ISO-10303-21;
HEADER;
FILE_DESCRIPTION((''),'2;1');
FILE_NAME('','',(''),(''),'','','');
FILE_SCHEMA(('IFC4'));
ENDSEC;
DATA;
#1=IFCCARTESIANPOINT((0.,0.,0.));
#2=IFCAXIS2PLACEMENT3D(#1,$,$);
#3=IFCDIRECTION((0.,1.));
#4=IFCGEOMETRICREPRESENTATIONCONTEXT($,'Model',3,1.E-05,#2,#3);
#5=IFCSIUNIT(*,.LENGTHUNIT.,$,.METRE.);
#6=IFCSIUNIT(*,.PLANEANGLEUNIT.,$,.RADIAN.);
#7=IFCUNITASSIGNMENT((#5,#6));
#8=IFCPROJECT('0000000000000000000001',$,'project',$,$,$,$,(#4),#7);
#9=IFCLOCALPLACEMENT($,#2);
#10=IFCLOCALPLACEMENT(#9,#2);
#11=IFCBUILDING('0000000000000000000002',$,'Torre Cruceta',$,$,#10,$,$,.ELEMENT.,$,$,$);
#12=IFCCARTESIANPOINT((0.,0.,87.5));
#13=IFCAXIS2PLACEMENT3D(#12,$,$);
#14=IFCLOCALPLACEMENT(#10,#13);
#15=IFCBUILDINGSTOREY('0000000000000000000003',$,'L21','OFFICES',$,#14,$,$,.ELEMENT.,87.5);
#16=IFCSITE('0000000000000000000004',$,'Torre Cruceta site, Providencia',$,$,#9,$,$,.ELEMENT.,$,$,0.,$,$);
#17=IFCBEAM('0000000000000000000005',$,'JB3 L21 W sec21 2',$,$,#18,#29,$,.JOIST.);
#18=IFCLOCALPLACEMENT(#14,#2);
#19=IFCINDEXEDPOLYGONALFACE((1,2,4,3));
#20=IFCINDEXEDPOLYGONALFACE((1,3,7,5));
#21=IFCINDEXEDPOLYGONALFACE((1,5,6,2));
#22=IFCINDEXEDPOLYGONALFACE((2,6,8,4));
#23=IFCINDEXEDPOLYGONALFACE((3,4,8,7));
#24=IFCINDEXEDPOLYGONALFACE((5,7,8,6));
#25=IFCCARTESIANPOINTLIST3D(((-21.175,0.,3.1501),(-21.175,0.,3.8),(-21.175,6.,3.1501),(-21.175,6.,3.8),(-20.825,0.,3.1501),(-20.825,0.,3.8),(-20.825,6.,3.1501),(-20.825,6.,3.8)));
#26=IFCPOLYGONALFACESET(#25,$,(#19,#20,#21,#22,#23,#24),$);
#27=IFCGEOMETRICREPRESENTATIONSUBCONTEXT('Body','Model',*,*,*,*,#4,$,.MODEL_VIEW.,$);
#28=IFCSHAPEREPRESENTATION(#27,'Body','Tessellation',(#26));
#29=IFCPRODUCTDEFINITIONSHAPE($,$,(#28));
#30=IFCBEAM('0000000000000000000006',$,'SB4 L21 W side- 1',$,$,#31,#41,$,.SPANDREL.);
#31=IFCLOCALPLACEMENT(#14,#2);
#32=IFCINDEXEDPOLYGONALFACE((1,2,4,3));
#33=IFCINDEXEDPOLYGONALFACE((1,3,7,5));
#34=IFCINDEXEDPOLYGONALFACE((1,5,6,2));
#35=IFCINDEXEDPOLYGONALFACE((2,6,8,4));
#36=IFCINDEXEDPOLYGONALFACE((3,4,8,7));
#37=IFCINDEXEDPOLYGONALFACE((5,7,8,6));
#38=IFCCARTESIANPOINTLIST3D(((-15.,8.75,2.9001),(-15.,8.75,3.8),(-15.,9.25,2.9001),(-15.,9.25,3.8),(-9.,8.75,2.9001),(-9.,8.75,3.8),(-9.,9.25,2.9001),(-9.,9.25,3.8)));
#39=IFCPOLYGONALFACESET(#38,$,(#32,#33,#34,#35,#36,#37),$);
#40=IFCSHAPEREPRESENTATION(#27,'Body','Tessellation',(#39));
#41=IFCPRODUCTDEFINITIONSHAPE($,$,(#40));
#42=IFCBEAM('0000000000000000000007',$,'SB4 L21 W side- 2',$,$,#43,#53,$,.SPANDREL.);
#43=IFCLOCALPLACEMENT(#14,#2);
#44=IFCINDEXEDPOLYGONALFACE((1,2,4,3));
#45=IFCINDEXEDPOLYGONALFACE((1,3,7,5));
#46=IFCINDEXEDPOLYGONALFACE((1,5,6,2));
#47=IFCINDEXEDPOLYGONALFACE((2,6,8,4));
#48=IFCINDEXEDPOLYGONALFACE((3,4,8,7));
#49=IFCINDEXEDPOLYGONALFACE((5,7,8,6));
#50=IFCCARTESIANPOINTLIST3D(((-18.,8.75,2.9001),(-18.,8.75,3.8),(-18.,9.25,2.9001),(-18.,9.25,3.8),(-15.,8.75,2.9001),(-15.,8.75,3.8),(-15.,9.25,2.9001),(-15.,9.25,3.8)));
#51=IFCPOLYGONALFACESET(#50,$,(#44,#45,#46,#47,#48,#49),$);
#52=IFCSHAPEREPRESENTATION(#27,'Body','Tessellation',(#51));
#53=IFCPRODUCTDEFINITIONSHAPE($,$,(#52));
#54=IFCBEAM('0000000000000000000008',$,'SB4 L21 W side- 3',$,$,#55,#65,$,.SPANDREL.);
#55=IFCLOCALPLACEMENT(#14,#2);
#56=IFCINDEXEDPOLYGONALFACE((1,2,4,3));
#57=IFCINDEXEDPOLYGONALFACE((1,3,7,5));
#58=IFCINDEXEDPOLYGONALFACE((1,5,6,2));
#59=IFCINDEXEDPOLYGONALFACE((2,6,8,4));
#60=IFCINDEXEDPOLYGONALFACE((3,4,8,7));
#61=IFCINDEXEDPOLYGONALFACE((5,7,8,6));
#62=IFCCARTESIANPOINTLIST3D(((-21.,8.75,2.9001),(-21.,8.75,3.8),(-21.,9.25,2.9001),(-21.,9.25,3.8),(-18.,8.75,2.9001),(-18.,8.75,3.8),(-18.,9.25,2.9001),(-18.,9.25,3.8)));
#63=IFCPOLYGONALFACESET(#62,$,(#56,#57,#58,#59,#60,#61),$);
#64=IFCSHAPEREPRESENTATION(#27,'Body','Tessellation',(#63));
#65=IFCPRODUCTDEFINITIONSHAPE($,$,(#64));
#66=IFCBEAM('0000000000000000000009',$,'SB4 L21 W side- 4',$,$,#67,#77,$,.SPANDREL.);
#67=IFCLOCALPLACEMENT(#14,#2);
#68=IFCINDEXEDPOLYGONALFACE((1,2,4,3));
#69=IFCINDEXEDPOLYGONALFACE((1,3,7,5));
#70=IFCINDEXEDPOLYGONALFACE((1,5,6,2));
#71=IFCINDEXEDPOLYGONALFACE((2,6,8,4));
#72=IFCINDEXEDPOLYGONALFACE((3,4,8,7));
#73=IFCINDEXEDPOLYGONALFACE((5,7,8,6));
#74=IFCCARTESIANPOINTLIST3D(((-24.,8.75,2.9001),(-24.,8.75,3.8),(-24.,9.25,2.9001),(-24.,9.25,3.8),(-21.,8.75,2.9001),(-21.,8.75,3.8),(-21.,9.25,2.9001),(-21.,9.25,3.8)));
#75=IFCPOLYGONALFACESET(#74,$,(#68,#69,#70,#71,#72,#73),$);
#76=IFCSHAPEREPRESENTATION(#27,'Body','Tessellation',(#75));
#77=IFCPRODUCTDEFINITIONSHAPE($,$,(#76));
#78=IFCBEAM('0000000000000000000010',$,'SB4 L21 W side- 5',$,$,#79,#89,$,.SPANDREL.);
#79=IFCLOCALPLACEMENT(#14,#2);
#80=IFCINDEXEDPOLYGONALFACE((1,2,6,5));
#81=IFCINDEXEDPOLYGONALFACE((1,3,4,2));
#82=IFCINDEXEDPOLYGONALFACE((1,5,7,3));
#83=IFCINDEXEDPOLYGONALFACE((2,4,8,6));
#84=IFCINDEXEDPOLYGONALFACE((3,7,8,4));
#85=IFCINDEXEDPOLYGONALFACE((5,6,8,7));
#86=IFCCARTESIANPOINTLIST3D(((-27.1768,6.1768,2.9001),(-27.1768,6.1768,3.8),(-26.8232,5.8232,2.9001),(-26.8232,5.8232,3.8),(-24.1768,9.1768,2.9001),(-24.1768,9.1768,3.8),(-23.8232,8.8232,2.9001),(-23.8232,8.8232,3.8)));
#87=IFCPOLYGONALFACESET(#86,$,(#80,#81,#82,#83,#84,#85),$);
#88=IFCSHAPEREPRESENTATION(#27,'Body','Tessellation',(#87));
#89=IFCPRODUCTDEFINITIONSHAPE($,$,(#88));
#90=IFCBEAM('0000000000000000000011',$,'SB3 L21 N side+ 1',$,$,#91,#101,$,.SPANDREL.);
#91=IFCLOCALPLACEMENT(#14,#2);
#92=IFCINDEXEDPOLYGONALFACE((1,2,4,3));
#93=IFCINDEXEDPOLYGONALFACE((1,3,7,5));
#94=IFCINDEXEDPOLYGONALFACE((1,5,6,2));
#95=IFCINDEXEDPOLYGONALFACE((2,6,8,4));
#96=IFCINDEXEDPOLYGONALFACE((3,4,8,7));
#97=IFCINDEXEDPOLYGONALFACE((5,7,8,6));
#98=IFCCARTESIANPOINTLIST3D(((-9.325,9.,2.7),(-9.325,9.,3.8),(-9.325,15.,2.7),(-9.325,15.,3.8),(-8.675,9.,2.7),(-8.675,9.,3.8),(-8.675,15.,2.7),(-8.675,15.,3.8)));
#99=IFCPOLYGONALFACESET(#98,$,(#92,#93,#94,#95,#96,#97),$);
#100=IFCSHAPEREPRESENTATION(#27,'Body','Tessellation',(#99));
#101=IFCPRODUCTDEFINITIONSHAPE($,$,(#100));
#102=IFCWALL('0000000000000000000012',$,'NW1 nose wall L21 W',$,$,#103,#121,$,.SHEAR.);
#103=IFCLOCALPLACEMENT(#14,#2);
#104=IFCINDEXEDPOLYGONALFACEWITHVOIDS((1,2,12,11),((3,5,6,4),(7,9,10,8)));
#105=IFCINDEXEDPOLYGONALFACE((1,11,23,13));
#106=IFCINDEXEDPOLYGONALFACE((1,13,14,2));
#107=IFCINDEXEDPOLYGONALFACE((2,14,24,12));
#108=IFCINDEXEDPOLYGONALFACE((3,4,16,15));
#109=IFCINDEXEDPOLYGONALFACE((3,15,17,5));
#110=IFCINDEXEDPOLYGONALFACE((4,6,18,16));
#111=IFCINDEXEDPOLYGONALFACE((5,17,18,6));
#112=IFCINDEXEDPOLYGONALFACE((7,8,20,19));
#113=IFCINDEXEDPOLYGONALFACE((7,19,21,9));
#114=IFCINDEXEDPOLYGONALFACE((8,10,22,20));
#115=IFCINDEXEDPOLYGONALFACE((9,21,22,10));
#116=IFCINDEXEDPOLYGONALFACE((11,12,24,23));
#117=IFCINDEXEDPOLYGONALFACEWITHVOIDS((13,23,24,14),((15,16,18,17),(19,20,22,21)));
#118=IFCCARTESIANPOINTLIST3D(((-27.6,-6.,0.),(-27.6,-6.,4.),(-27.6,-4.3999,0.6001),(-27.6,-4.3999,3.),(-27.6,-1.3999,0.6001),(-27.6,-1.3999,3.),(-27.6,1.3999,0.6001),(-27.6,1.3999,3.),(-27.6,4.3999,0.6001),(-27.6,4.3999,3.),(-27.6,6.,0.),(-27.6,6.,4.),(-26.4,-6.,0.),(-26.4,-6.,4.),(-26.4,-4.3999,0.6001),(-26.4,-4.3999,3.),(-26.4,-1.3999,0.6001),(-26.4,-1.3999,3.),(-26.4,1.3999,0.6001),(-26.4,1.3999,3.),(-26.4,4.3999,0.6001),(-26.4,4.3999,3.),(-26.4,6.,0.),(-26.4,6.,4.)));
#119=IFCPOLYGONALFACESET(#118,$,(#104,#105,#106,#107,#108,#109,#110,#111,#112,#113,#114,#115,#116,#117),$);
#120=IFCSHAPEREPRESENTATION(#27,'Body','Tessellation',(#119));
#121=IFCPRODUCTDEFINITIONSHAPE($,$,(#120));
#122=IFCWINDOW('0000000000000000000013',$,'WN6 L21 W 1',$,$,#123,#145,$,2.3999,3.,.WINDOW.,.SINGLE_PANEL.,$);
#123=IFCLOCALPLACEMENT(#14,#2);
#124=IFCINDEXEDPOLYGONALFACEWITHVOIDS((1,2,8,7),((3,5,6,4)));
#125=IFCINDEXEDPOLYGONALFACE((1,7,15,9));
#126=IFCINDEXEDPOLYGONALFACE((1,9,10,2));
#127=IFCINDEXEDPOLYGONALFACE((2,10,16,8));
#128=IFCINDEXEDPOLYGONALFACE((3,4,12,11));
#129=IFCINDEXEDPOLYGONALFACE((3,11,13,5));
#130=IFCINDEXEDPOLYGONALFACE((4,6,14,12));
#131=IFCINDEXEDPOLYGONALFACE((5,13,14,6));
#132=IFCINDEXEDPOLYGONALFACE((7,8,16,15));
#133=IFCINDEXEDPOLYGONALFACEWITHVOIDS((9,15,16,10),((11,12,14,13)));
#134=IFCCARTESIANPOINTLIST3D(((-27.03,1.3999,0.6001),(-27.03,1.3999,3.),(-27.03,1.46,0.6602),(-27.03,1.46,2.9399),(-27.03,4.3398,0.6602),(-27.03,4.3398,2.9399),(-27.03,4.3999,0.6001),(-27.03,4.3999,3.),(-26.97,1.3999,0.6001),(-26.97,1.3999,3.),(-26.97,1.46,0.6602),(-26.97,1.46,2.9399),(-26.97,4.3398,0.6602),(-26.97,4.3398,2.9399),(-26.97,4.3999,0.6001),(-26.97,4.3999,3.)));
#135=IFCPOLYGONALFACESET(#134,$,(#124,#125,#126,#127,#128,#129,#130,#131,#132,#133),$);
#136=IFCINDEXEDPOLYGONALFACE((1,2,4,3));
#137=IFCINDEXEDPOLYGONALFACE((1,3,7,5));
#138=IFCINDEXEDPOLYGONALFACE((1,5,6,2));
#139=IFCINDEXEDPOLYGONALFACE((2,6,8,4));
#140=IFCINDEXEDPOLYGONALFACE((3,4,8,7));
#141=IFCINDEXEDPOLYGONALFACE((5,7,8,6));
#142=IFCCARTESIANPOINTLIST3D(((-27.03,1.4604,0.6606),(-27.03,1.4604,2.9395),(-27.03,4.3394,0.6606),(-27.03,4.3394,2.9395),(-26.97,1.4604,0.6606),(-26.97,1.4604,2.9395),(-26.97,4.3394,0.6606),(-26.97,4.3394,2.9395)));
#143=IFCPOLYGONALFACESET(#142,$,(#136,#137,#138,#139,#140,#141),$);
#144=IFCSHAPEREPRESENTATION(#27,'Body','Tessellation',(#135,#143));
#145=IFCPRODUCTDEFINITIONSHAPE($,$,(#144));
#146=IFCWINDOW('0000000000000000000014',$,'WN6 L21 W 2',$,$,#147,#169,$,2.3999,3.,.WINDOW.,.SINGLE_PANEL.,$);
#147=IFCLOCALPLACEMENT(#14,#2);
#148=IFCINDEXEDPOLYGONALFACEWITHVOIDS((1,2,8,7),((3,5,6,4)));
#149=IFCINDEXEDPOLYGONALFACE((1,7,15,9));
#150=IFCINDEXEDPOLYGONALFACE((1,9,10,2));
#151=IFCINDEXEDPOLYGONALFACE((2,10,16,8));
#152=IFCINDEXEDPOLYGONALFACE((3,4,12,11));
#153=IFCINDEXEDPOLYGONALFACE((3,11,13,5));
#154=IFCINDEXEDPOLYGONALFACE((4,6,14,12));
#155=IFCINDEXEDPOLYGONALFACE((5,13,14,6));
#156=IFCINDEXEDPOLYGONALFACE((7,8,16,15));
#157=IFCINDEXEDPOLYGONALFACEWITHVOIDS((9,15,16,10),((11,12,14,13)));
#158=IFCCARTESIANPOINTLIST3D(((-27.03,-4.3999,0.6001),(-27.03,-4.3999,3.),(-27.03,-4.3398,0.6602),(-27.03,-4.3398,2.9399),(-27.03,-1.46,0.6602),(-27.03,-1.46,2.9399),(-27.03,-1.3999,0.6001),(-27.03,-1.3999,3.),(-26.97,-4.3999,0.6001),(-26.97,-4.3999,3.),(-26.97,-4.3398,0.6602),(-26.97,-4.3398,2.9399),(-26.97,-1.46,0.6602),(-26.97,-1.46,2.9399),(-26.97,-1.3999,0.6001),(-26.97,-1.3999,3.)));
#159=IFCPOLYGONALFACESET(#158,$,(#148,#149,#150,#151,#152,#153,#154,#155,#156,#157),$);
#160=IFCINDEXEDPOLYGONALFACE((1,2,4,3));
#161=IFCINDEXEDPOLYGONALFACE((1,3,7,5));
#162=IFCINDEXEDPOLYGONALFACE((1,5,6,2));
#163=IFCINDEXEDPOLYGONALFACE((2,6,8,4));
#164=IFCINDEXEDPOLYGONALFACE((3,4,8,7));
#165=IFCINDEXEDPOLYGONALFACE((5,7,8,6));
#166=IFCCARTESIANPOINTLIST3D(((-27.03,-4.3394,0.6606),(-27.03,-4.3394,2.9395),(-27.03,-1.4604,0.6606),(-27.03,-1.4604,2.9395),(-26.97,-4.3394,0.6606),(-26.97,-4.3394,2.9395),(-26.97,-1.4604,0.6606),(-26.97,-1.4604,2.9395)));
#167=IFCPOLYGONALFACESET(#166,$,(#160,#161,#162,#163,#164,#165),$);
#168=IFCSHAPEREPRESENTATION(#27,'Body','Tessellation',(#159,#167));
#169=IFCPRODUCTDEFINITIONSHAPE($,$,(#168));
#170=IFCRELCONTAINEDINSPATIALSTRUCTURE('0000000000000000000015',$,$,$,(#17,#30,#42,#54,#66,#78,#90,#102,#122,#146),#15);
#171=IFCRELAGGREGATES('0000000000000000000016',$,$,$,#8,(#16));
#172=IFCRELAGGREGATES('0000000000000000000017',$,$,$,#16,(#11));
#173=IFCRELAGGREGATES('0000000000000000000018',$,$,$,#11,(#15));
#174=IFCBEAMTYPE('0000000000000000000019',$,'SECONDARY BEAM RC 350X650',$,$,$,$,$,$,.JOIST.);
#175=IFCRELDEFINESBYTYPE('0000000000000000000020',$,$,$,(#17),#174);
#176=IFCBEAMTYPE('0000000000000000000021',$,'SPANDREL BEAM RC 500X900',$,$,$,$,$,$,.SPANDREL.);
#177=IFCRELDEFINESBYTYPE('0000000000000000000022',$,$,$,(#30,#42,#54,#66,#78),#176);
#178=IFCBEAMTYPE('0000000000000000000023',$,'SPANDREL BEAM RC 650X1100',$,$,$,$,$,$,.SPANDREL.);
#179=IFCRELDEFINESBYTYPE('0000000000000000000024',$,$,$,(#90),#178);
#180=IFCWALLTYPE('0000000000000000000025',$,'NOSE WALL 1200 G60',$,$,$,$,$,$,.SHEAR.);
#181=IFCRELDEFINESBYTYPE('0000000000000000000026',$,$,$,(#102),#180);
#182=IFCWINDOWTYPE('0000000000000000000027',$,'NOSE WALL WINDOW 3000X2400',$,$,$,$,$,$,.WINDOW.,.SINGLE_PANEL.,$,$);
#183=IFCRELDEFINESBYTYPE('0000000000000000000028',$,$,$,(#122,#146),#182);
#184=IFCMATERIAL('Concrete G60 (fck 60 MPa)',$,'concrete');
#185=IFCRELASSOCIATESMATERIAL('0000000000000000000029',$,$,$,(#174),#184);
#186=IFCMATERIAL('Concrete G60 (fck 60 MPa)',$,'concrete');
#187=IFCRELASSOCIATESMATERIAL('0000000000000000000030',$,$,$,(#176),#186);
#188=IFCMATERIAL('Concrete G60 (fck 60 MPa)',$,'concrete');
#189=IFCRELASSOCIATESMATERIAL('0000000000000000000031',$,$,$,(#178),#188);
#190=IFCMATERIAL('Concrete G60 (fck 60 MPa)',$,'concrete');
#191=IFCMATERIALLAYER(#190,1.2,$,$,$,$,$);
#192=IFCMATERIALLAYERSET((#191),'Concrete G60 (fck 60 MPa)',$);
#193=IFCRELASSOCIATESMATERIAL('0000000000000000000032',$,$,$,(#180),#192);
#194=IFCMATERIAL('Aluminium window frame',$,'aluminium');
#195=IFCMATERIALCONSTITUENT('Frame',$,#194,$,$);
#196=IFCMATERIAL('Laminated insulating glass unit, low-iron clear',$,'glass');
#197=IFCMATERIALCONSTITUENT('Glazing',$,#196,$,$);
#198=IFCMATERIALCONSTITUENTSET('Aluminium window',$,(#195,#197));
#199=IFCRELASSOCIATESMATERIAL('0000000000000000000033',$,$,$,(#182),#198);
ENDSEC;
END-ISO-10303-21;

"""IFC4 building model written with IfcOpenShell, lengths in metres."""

from ifc_helpers import new_model, si_unit, direction, frame, frame_2d, origin, origin_2d, place, context, subcontext, project, spatial, rectangle, hollow_rectangle, extrude, material, layer, layer_set, constituent, constituent_set, material_profile, profile_set, type_object, element, fill, save


model = new_model("IFC4")

# Units and contexts
model_context = context("Model", 3, precision=1e-05, world=origin(), true_north=direction((0.0, 1.0)))
body_context = subcontext(model_context, "Body", "Model", "MODEL_VIEW")
ifc_project = project(units=[si_unit("LENGTHUNIT", "METRE"), si_unit("PLANEANGLEUNIT", "RADIAN")], contexts=[model_context])

# Site, building, storey
site_placement = place(None, origin())
site = spatial("IfcSite", under=ifc_project, at=site_placement, Name="Torre Cruceta site, Providencia", CompositionType="ELEMENT", RefElevation=0.0)
building_placement = place(site_placement, origin())
building = spatial("IfcBuilding", under=site, at=building_placement, Name="Torre Cruceta", CompositionType="ELEMENT")
storey_placement = place(building_placement, frame((0.0, 0.0, 87.5)))
storey = spatial("IfcBuildingStorey", under=building, at=storey_placement, Name="L21", Description="OFFICES", CompositionType="ELEMENT", Elevation=87.5)

# Beams
ifc_material_1 = material(Name="Concrete G60 (fck 60 MPa)", Category="concrete")
ifc_material_profile_1 = material_profile(ifc_material_1, rectangle(XDim=0.3501, YDim=0.6499, at=origin_2d()), Name="RC 350X650")
ifc_profile_set_1 = profile_set([ifc_material_profile_1], Name="Concrete G60 (fck 60 MPa)")
beam_type_1 = type_object("IfcBeamType", Name="SECONDARY BEAM RC 350X650", PredefinedType="JOIST", material=ifc_profile_set_1)
beam_1_placement = place(storey_placement, frame((-21.0, 6.0, 3.4751), z_axis=(0.0, -1.0, 0.0), x_axis=(1.0, 0.0, 0.0)))
element("IfcBeam", 1, at=beam_1_placement, inside=storey, type_object=beam_type_1, Name="JB3 L21 W sec21 2", PredefinedType="JOIST", context=body_context, shape_type="SweptSolid", body=[
    extrude(rectangle(XDim=0.3501, YDim=0.6499, at=origin_2d()), origin(), (0.0, 0.0, 1.0), 6.0),
])
ifc_material_2 = material(Name="Concrete G60 (fck 60 MPa)", Category="concrete")
ifc_material_profile_2 = material_profile(ifc_material_2, rectangle(XDim=0.5, YDim=0.8999, at=origin_2d()), Name="RC 500X900")
ifc_profile_set_2 = profile_set([ifc_material_profile_2], Name="Concrete G60 (fck 60 MPa)")
beam_type_2 = type_object("IfcBeamType", Name="SPANDREL BEAM RC 500X900", PredefinedType="SPANDREL", material=ifc_profile_set_2)
beam_2_placement = place(storey_placement, frame((-9.0, 9.0, 3.3501), z_axis=(-1.0, 0.0, 0.0), x_axis=(0.0, -1.0, 0.0)))
element("IfcBeam", 2, at=beam_2_placement, inside=storey, type_object=beam_type_2, Name="SB4 L21 W side- 1", PredefinedType="SPANDREL", context=body_context, shape_type="SweptSolid", body=[
    extrude(rectangle(XDim=0.5, YDim=0.8999, at=origin_2d()), origin(), (0.0, 0.0, 1.0), 6.0),
])
for number, where, z_axis, x_axis, name in (
    (3, (-15.0, 9.0, 3.3501), (-1.0, 0.0, 0.0), (0.0, -1.0, 0.0), "SB4 L21 W side- 2"),
    (4, (-18.0, 9.0, 3.3501), (-1.0, 0.0, 0.0), (0.0, -1.0, 0.0), "SB4 L21 W side- 3"),
    (5, (-21.0, 9.0, 3.3501), (-1.0, 0.0, 0.0), (0.0, -1.0, 0.0), "SB4 L21 W side- 4"),
):
    element("IfcBeam", number, at=place(storey_placement, frame(where, z_axis=z_axis, x_axis=x_axis)), inside=storey, type_object=beam_type_2, Name=name, PredefinedType="SPANDREL", context=body_context, shape_type="SweptSolid", body=[
        extrude(rectangle(XDim=0.5, YDim=0.8999, at=origin_2d()), origin(), (0.0, 0.0, 1.0), 3.0),
    ])
beam_3_placement = place(storey_placement, frame((-24.0, 9.0, 3.3501), z_axis=(-0.707107, -0.707107, 0.0), x_axis=(0.707107, -0.707107, 0.0)))
element("IfcBeam", 6, at=beam_3_placement, inside=storey, type_object=beam_type_2, Name="SB4 L21 W side- 5", PredefinedType="SPANDREL", context=body_context, shape_type="SweptSolid", body=[
    extrude(rectangle(XDim=0.5, YDim=0.8999, at=origin_2d()), origin(), (0.0, 0.0, 1.0), 4.2427),
])
ifc_material_3 = material(Name="Concrete G60 (fck 60 MPa)", Category="concrete")
ifc_material_profile_3 = material_profile(ifc_material_3, rectangle(XDim=0.6499, YDim=1.1001, at=origin_2d()), Name="RC 650X1100")
ifc_profile_set_3 = profile_set([ifc_material_profile_3], Name="Concrete G60 (fck 60 MPa)")
beam_type_3 = type_object("IfcBeamType", Name="SPANDREL BEAM RC 650X1100", PredefinedType="SPANDREL", material=ifc_profile_set_3)
beam_4_placement = place(storey_placement, frame((-9.0, 9.0, 3.25), z_axis=(0.0, 1.0, 0.0), x_axis=(-1.0, 0.0, 0.0)))
element("IfcBeam", 7, at=beam_4_placement, inside=storey, type_object=beam_type_3, Name="SB3 L21 N side+ 1", PredefinedType="SPANDREL", context=body_context, shape_type="SweptSolid", body=[
    extrude(rectangle(XDim=0.6499, YDim=1.1001, at=origin_2d()), origin(), (0.0, 0.0, 1.0), 6.0),
])

# Wall, openings, windows
ifc_material_4 = material(Name="Concrete G60 (fck 60 MPa)", Category="concrete")
ifc_layer_1 = layer(ifc_material_4, 1.2)
ifc_layer_set_1 = layer_set([ifc_layer_1], Name="Concrete G60 (fck 60 MPa)")
wall_type_1 = type_object("IfcWallType", Name="NOSE WALL 1200 G60", PredefinedType="SHEAR", material=ifc_layer_set_1)
wall_1_placement = place(storey_placement, frame((-27.0, 6.0, 0.0), z_axis=(0.0, 0.0, 1.0), x_axis=(0.0, -1.0, 0.0)))
wall_1 = element("IfcWall", 8, at=wall_1_placement, inside=storey, type_object=wall_type_1, Name="NW1 nose wall L21 W", PredefinedType="SHEAR", context=body_context, shape_type="SweptSolid", body=[
    extrude(rectangle(XDim=12.0, YDim=1.2, at=frame_2d((6.0, 0.0))), origin(), (0.0, 0.0, 1.0), 4.0),
])
opening_1_placement = place(wall_1_placement, frame((1.6001, 0.0, 0.6001)))
opening_1 = element("IfcOpeningElement", 9, at=opening_1_placement, cuts=wall_1, PredefinedType="OPENING", context=body_context, shape_type="SweptSolid", body=[
    extrude(rectangle(XDim=3.0, YDim=2.3999, at=frame_2d((1.5, 1.2))), frame((0.0, 0.6099, 0.0), z_axis=(0.0, -1.0, 0.0), x_axis=(1.0, 0.0, 0.0)), (0.0, 0.0, 1.0), 1.22),
])
opening_2_placement = place(wall_1_placement, frame((7.3999, 0.0, 0.6001)))
opening_2 = element("IfcOpeningElement", 10, at=opening_2_placement, cuts=wall_1, PredefinedType="OPENING", context=body_context, shape_type="SweptSolid", body=[
    extrude(rectangle(XDim=3.0, YDim=2.3999, at=frame_2d((1.5, 1.2))), frame((0.0, 0.6099, 0.0), z_axis=(0.0, -1.0, 0.0), x_axis=(1.0, 0.0, 0.0)), (0.0, 0.0, 1.0), 1.22),
])
ifc_material_5 = material(Name="Aluminium window frame", Category="aluminium")
ifc_constituent_1 = constituent(ifc_material_5, Name="Frame")
ifc_material_6 = material(Name="Laminated insulating glass unit, low-iron clear", Category="glass")
ifc_constituent_2 = constituent(ifc_material_6, Name="Glazing")
ifc_constituent_set_1 = constituent_set(constituents=[ifc_constituent_1, ifc_constituent_2], Name="Aluminium window")
window_type = type_object("IfcWindowType", Name="NOSE WALL WINDOW 3000X2400", PartitioningType="SINGLE_PANEL", PredefinedType="WINDOW", material=ifc_constituent_set_1)
window_1_placement = place(opening_1_placement, origin())
window_1 = element("IfcWindow", 11, at=window_1_placement, inside=storey, type_object=window_type, Name="WN6 L21 W 1", OverallHeight=2.3999, OverallWidth=3.0, PartitioningType="SINGLE_PANEL", PredefinedType="WINDOW", context=body_context, shape_type="SweptSolid", body=[
    extrude(hollow_rectangle(XDim=3.0, YDim=2.3999, WallThickness=0.0601, at=frame_2d((1.5, 1.2))), frame((0.0, 0.03, 0.0), z_axis=(0.0, -1.0, 0.0), x_axis=(1.0, 0.0, 0.0)), (0.0, 0.0, 1.0), 0.0601),
    extrude(rectangle(XDim=2.8789, YDim=2.2788, at=frame_2d((1.5, 1.2))), frame((0.0, 0.03, 0.0), z_axis=(0.0, -1.0, 0.0), x_axis=(1.0, 0.0, 0.0)), (0.0, 0.0, 1.0), 0.0601),
])
fill(opening_1, window_1)
window_2_placement = place(opening_2_placement, origin())
window_2 = element("IfcWindow", 12, at=window_2_placement, inside=storey, type_object=window_type, Name="WN6 L21 W 2", OverallHeight=2.3999, OverallWidth=3.0, PartitioningType="SINGLE_PANEL", PredefinedType="WINDOW", context=body_context, shape_type="SweptSolid", body=[
    extrude(hollow_rectangle(XDim=3.0, YDim=2.3999, WallThickness=0.0601, at=frame_2d((1.5, 1.2))), frame((0.0, 0.03, 0.0), z_axis=(0.0, -1.0, 0.0), x_axis=(1.0, 0.0, 0.0)), (0.0, 0.0, 1.0), 0.0601),
    extrude(rectangle(XDim=2.8789, YDim=2.2788, at=frame_2d((1.5, 1.2))), frame((0.0, 0.03, 0.0), z_axis=(0.0, -1.0, 0.0), x_axis=(1.0, 0.0, 0.0)), (0.0, 0.0, 1.0), 0.0601),
])
fill(opening_2, window_2)

save(model, "model.ifc")
